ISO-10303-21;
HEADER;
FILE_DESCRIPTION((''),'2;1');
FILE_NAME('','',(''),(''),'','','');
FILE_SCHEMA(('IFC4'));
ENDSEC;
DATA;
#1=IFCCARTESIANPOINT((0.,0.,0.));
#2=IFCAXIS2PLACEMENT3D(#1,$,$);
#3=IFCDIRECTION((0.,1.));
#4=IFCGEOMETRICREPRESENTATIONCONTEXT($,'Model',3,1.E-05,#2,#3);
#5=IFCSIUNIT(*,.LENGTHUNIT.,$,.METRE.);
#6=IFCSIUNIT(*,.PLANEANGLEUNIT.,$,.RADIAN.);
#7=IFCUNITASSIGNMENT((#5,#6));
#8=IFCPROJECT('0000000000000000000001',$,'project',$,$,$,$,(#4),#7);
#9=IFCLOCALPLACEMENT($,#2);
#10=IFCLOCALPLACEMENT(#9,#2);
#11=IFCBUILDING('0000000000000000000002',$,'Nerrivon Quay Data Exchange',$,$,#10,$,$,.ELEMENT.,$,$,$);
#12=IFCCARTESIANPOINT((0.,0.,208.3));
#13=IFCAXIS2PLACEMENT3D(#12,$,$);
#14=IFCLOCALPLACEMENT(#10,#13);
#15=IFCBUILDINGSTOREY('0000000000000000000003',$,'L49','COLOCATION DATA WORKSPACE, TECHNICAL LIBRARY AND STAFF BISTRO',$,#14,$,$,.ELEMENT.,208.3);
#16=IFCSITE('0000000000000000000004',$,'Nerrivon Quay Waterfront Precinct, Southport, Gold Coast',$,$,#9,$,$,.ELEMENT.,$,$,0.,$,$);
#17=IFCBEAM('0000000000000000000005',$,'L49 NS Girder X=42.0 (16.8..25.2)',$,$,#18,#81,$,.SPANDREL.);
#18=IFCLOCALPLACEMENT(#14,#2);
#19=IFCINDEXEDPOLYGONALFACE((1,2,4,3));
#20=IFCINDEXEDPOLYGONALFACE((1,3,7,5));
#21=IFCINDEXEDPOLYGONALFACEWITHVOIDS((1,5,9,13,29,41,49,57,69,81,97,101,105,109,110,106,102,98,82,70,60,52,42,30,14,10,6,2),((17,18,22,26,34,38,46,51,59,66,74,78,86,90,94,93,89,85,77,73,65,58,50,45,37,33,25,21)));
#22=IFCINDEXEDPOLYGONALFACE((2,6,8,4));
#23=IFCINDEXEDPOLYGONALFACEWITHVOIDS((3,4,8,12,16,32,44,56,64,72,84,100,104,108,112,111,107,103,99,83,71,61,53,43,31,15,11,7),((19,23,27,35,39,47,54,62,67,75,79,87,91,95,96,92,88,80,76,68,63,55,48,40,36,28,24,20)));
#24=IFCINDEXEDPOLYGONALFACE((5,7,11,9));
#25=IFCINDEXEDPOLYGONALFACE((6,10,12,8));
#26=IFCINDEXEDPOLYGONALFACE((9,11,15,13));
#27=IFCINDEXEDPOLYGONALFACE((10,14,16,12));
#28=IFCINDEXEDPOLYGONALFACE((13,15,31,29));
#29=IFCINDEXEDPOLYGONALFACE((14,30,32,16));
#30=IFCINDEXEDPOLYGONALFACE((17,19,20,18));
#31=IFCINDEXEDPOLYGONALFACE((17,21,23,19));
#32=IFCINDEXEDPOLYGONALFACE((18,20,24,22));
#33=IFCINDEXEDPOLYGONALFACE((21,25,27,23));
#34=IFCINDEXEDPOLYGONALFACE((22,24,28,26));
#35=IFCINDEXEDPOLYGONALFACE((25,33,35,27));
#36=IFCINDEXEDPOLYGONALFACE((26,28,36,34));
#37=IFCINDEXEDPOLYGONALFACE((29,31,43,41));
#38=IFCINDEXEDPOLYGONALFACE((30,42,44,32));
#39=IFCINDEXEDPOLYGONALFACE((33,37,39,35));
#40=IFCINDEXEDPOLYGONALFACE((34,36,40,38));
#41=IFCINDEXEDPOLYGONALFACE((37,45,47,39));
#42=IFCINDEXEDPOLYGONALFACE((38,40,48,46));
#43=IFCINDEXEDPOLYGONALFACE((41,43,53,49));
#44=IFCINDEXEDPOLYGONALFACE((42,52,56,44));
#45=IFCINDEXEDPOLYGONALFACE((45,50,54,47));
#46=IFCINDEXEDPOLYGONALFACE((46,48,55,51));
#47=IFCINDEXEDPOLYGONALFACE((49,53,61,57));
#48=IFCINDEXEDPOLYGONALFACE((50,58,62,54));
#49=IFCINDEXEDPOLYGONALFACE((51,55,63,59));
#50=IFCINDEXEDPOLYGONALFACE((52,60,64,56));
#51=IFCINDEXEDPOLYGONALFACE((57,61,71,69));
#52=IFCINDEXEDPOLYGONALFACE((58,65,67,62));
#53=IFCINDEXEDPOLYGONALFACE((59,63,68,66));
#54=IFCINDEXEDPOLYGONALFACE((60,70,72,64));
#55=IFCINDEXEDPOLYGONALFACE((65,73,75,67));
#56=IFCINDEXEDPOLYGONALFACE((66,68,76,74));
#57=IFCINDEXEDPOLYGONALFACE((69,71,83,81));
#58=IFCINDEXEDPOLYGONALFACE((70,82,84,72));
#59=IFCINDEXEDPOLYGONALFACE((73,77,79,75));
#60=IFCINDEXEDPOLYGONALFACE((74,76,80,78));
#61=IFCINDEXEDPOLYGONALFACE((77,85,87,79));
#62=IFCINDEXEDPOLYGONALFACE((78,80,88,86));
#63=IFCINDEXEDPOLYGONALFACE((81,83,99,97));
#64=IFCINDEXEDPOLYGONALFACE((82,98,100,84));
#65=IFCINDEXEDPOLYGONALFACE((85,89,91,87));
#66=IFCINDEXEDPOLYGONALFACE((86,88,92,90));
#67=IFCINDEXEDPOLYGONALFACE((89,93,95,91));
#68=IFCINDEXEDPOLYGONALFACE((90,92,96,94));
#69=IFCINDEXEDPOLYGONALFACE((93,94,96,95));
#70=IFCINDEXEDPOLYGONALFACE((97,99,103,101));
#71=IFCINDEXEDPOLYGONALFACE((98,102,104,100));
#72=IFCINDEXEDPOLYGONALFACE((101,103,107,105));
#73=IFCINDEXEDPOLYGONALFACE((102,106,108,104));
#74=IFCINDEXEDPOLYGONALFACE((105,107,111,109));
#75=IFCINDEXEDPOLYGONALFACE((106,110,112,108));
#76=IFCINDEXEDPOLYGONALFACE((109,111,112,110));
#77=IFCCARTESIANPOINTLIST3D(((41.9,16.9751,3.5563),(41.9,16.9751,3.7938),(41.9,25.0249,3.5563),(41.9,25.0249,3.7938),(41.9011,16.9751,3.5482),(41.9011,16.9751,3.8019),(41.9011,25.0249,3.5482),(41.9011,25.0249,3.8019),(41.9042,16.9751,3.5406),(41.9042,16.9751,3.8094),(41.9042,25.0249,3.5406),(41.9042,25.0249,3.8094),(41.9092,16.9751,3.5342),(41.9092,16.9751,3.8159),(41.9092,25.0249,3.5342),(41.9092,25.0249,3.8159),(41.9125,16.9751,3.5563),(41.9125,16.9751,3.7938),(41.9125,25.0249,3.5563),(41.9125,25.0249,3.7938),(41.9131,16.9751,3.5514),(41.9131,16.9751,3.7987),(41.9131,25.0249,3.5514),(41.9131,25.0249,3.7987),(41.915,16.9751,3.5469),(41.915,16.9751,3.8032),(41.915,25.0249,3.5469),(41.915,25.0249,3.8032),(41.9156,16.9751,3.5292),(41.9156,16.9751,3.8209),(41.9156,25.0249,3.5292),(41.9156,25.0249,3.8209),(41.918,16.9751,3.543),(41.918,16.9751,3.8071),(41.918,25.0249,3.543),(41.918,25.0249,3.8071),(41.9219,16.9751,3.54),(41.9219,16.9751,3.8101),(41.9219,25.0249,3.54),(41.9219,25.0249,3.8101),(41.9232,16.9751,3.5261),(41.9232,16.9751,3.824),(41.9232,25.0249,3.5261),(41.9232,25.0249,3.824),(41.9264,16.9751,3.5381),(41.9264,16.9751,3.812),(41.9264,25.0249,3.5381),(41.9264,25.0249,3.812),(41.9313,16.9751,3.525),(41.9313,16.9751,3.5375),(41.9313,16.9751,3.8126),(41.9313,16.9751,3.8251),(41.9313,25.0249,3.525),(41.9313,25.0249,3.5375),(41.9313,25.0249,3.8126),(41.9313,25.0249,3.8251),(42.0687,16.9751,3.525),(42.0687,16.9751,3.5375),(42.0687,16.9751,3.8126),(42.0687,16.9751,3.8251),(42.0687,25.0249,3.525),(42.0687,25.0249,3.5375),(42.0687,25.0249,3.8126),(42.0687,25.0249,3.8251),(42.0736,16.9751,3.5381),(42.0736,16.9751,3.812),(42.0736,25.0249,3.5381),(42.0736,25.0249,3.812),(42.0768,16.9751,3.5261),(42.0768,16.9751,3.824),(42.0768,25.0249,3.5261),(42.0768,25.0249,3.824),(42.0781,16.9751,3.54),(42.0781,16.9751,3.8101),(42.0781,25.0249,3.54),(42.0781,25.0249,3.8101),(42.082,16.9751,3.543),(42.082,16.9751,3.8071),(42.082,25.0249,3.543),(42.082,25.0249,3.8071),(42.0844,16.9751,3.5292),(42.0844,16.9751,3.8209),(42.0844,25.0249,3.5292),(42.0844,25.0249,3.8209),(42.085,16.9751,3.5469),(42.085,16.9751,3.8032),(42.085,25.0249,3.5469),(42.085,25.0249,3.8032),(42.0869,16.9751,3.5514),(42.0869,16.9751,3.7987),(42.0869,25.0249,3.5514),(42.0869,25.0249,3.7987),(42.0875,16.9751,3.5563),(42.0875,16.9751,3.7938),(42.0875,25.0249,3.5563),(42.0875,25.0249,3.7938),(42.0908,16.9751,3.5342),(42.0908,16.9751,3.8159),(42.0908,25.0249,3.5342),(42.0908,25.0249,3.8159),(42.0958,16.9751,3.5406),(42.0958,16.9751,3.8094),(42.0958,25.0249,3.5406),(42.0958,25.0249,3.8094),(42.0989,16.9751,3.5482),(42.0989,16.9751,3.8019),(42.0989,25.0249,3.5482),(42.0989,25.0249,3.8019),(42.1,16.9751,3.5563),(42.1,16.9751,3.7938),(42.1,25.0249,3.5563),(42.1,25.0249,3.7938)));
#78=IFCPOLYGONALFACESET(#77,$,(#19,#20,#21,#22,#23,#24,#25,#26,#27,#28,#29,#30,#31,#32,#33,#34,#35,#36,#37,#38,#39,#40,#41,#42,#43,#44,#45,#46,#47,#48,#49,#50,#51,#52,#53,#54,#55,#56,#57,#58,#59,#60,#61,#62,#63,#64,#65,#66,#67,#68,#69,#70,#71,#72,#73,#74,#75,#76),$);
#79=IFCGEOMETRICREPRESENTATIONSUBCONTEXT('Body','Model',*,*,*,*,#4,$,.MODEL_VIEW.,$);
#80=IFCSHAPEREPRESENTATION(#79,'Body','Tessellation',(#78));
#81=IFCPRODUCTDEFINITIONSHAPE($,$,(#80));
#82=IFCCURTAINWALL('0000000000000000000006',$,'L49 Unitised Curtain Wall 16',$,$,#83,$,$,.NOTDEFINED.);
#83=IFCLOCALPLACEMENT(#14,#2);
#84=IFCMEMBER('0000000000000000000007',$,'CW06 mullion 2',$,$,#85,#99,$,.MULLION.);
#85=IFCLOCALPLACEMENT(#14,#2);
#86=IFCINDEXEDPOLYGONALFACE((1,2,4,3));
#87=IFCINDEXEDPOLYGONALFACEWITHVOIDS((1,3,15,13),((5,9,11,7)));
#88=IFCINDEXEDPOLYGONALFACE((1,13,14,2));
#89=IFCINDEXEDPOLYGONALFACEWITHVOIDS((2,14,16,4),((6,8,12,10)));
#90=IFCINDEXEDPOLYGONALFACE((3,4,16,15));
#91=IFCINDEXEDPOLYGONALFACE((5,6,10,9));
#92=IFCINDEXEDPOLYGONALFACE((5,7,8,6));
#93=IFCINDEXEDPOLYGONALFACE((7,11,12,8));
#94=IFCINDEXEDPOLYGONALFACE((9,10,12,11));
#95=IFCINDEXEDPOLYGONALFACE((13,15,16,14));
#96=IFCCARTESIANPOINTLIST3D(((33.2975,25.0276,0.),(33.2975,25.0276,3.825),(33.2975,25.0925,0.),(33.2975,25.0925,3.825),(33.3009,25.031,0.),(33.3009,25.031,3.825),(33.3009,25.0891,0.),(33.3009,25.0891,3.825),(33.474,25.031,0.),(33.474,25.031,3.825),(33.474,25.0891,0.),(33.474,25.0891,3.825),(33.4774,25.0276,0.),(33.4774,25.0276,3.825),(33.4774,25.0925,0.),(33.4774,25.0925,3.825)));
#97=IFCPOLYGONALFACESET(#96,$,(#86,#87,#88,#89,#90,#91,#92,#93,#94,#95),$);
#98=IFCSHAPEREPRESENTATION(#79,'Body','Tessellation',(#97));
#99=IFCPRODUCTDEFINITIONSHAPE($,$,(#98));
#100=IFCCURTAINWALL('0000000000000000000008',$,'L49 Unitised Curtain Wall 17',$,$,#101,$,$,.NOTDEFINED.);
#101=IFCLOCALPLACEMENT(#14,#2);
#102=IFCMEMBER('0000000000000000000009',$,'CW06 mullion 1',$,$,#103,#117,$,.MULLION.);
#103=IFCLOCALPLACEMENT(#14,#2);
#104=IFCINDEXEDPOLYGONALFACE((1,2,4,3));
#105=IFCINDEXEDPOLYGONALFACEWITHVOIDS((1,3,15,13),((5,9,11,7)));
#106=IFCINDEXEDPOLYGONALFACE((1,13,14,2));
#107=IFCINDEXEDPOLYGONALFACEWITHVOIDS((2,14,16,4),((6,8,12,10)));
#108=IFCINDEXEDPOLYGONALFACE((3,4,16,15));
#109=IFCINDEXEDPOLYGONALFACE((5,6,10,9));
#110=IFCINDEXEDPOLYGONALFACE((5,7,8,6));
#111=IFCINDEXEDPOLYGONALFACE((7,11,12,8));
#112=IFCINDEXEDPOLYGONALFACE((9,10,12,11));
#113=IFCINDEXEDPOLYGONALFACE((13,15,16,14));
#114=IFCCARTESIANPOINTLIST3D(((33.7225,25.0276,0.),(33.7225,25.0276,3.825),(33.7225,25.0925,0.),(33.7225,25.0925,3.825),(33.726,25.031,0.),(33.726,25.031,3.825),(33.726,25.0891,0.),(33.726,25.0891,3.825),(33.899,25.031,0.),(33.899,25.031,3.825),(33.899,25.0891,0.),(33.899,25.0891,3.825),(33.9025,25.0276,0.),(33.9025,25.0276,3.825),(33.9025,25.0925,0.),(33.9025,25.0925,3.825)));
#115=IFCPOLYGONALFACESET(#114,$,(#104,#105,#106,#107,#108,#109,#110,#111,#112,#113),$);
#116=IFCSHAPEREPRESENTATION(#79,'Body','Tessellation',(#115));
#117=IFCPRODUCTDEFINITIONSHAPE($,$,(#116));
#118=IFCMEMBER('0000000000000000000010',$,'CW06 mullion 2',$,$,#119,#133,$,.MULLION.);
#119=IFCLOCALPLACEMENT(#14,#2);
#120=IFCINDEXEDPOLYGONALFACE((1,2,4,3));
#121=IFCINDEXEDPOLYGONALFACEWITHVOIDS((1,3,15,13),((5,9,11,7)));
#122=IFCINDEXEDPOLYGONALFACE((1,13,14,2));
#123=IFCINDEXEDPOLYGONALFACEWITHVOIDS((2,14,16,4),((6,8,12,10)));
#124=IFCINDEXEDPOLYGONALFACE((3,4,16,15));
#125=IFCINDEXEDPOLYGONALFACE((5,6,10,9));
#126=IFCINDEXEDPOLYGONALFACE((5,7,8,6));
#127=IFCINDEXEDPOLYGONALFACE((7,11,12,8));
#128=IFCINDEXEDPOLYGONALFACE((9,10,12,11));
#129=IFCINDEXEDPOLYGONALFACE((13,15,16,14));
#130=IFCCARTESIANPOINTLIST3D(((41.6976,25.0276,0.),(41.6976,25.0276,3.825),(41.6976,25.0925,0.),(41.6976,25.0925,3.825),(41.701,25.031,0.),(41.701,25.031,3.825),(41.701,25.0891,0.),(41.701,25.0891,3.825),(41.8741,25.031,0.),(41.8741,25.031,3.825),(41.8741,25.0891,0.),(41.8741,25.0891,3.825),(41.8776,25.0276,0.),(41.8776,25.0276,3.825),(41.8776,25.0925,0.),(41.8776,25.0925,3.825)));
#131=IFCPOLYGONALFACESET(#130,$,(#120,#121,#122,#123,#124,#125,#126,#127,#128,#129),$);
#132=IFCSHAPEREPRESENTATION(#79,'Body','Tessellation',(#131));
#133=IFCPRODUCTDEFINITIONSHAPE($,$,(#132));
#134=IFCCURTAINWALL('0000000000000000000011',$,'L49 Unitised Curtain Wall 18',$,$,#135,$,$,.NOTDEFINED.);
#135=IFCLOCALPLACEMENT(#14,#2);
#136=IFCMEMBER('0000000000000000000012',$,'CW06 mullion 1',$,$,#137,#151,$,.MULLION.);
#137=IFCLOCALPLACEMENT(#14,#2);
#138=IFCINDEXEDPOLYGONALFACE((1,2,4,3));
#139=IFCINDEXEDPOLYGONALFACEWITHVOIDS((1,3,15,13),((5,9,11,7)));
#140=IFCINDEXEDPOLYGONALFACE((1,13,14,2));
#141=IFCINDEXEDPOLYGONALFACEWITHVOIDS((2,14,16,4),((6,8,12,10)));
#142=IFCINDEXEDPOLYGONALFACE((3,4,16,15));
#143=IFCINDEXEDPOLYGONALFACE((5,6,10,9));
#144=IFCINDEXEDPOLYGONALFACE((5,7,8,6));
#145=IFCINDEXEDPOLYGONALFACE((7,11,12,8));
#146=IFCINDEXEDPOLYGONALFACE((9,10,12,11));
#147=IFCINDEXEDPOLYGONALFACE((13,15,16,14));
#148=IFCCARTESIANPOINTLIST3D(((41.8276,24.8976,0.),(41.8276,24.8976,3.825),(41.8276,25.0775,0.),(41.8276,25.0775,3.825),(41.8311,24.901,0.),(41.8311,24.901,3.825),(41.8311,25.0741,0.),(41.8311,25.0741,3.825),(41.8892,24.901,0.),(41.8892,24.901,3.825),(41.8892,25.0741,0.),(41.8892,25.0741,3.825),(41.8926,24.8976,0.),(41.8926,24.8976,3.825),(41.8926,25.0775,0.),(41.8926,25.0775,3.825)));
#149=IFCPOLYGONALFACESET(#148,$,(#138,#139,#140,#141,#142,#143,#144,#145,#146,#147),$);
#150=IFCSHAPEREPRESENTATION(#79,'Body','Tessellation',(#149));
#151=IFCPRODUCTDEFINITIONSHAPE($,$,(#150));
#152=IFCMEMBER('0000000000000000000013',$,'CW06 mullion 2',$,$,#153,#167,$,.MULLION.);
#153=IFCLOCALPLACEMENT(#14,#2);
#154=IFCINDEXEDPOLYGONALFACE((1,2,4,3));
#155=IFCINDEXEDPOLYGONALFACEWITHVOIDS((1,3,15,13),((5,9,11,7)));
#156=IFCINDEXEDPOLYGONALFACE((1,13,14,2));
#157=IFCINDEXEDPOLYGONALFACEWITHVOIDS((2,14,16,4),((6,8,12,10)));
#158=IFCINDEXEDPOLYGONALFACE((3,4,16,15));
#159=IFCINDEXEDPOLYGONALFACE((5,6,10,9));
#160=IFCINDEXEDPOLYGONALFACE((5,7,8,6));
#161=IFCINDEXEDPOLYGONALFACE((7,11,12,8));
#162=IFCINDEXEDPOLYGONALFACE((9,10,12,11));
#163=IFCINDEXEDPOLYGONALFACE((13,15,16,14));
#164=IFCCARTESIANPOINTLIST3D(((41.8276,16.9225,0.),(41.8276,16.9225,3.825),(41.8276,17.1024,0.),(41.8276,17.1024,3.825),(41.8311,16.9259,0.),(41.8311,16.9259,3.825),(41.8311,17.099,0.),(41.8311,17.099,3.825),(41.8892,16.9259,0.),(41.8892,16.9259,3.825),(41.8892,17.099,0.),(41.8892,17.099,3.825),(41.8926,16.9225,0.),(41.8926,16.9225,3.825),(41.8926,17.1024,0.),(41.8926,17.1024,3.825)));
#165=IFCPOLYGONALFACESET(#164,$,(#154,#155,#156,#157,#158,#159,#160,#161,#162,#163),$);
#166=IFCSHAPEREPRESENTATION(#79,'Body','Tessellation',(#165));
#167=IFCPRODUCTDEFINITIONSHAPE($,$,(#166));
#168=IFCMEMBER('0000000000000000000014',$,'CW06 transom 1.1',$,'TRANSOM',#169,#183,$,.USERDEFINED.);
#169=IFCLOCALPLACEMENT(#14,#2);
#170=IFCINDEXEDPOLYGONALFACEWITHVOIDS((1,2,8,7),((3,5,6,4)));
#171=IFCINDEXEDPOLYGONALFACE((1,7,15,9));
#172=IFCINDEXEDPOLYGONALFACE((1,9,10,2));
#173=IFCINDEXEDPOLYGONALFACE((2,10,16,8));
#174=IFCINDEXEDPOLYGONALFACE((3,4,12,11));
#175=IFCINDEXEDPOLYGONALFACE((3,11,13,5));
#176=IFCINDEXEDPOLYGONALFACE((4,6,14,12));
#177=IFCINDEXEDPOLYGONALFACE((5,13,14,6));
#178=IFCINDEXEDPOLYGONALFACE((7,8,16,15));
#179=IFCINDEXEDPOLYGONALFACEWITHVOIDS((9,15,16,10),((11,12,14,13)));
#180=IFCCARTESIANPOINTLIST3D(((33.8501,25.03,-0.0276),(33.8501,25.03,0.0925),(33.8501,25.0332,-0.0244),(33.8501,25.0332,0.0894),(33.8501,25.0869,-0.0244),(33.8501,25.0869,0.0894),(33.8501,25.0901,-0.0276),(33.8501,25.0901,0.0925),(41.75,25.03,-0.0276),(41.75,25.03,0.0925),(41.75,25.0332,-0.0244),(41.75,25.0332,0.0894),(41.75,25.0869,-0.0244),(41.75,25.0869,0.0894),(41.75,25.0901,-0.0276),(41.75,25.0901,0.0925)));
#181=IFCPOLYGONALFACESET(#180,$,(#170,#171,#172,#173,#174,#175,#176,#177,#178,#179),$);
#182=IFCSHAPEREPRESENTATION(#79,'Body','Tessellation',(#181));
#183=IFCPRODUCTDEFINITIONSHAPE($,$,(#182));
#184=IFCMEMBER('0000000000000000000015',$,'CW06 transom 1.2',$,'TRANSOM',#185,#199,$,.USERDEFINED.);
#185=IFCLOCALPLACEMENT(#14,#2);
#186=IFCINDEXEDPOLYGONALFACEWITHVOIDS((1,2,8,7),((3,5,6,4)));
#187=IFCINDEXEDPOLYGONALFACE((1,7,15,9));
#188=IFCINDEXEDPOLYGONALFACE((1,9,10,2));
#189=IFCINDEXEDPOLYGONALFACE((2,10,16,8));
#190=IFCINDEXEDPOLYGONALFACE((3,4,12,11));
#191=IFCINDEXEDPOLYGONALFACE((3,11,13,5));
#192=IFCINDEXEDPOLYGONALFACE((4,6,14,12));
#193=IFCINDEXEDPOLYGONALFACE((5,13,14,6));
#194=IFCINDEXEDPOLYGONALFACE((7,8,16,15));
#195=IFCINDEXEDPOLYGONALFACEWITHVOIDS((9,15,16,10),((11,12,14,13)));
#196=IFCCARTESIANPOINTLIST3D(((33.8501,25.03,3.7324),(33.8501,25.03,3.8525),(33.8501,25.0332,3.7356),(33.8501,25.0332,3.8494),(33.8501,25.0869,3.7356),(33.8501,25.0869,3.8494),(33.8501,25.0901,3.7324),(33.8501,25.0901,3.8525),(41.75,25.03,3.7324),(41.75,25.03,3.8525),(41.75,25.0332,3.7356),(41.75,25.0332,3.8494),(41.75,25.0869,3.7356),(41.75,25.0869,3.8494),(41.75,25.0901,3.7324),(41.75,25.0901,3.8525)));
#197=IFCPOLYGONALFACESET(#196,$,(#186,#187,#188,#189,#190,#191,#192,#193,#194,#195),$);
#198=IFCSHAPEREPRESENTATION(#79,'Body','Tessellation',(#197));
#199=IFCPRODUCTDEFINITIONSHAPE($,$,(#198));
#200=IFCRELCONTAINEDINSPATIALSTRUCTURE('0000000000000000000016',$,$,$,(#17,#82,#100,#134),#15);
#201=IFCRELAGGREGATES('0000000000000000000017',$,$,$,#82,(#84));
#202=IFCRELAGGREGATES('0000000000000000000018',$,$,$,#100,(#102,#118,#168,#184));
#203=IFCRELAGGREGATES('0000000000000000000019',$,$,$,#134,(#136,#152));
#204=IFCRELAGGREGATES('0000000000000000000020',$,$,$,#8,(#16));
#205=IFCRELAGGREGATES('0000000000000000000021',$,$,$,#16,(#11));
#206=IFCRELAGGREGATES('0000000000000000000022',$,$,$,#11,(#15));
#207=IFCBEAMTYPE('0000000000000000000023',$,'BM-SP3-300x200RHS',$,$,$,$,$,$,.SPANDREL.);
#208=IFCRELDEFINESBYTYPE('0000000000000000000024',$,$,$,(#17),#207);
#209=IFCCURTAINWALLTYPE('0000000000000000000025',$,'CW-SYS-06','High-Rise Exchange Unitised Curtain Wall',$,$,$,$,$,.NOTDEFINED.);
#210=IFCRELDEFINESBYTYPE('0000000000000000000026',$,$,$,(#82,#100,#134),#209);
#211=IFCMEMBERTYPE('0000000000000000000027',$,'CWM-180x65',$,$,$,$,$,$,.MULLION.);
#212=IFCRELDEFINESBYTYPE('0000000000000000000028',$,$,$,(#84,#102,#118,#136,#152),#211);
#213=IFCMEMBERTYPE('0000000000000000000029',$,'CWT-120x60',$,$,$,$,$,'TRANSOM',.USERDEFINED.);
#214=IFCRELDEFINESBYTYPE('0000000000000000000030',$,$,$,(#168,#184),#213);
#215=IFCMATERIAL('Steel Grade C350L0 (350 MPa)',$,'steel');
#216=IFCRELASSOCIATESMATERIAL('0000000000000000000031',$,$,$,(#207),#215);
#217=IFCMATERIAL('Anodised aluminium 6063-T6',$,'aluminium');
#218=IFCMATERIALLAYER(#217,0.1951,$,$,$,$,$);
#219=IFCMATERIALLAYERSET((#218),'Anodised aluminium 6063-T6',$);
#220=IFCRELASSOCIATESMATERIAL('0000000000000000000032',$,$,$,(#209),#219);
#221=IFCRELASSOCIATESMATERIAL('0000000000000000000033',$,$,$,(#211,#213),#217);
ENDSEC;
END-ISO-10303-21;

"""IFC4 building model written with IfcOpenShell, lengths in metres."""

from ifc_helpers import new_model, si_unit, direction, frame, origin, origin_2d, place, context, subcontext, project, spatial, hollow_rectangle, extrude, material, layer, layer_set, material_profile, profile_set, type_object, element, aggregate, save


model = new_model("IFC4")

# Units and contexts
model_context = context("Model", 3, precision=1e-05, world=origin(), true_north=direction((0.0, 1.0)))
body_context = subcontext(model_context, "Body", "Model", "MODEL_VIEW")
ifc_project = project(units=[si_unit("LENGTHUNIT", "METRE"), si_unit("PLANEANGLEUNIT", "RADIAN")], contexts=[model_context])

# Site, building, storey
site_placement = place(None, origin())
site = spatial("IfcSite", under=ifc_project, at=site_placement, Name="Nerrivon Quay Waterfront Precinct, Southport, Gold Coast", CompositionType="ELEMENT", RefElevation=0.0)
building_placement = place(site_placement, origin())
building = spatial("IfcBuilding", under=site, at=building_placement, Name="Nerrivon Quay Data Exchange", CompositionType="ELEMENT")
storey_placement = place(building_placement, frame((0.0, 0.0, 208.3)))
storey = spatial("IfcBuildingStorey", under=building, at=storey_placement, Name="L49", Description="COLOCATION DATA WORKSPACE, TECHNICAL LIBRARY AND STAFF BISTRO", CompositionType="ELEMENT", Elevation=208.3)

# Beam
ifc_material_1 = material(Name="Steel Grade C350L0 (350 MPa)", Category="steel")
ifc_material_profile_1 = material_profile(ifc_material_1, hollow_rectangle(XDim=0.2, YDim=0.3, WallThickness=0.0125, InnerFilletRadius=0.0188, OuterFilletRadius=0.0312, at=origin_2d()), Name="300x200x12.5RHS")
ifc_profile_set_1 = profile_set([ifc_material_profile_1], Name="Steel Grade C350L0 (350 MPa)")
beam_type_1 = type_object("IfcBeamType", Name="BM-SP3-300x200RHS", PredefinedType="SPANDREL", material=ifc_profile_set_1)
beam_1_placement = place(storey_placement, frame((42.0, 16.9751, 3.675), z_axis=(0.0, 1.0, 0.0), x_axis=(-1.0, 0.0, 0.0)))
element("IfcBeam", 1, at=beam_1_placement, inside=storey, type_object=beam_type_1, Name="L49 NS Girder X=42.0 (16.8..25.2)", PredefinedType="SPANDREL", context=body_context, shape_type="SweptSolid", body=[
    extrude(hollow_rectangle(XDim=0.2, YDim=0.3, WallThickness=0.0125, InnerFilletRadius=0.0188, OuterFilletRadius=0.0312, at=origin_2d()), origin(), (0.0, 0.0, 1.0), 8.0498),
])

# Curtain wall, member
ifc_material_2 = material(Name="Anodised aluminium 6063-T6", Category="aluminium")
ifc_layer_1 = layer(ifc_material_2, 0.1951)
ifc_layer_set_1 = layer_set([ifc_layer_1], Name="Anodised aluminium 6063-T6")
curtain_wall_type = type_object("IfcCurtainWallType", Name="CW-SYS-06", Description="High-Rise Exchange Unitised Curtain Wall", PredefinedType="NOTDEFINED", material=ifc_layer_set_1)
curtain_wall_1_placement = place(storey_placement, origin())
curtain_wall_1 = element("IfcCurtainWall", 2, at=curtain_wall_1_placement, inside=storey, type_object=curtain_wall_type, Name="L49 Unitised Curtain Wall 16", PredefinedType="NOTDEFINED")
ifc_material_profile_2 = material_profile(ifc_material_2, hollow_rectangle(XDim=0.0649, YDim=0.1799, WallThickness=0.0034, at=origin_2d()), Name="ALU-MULL-180x65")
ifc_profile_set_2 = profile_set([ifc_material_profile_2], Name="Anodised aluminium 6063-T6")
member_type_1 = type_object("IfcMemberType", Name="CWM-180x65", PredefinedType="MULLION", material=ifc_profile_set_2)
member_1_placement = place(storey_placement, frame((33.3875, 25.0601, 0.0), z_axis=(0.0, 0.0, 1.0), x_axis=(0.0, 1.0, 0.0)))
member_1 = element("IfcMember", 3, at=member_1_placement, type_object=member_type_1, Name="CW06 mullion 2", PredefinedType="MULLION", context=body_context, shape_type="SweptSolid", body=[
    extrude(hollow_rectangle(XDim=0.0649, YDim=0.1799, WallThickness=0.0034, at=origin_2d()), origin(), (0.0, 0.0, 1.0), 3.825),
])

# Curtain walls, members
curtain_wall_2_placement = place(storey_placement, origin())
curtain_wall_2 = element("IfcCurtainWall", 4, at=curtain_wall_2_placement, inside=storey, type_object=curtain_wall_type, Name="L49 Unitised Curtain Wall 17", PredefinedType="NOTDEFINED")
member_2_placement = place(storey_placement, frame((33.8125, 25.0601, 0.0), z_axis=(0.0, 0.0, 1.0), x_axis=(0.0, 1.0, 0.0)))
member_2 = element("IfcMember", 5, at=member_2_placement, type_object=member_type_1, Name="CW06 mullion 1", PredefinedType="MULLION", context=body_context, shape_type="SweptSolid", body=[
    extrude(hollow_rectangle(XDim=0.0649, YDim=0.1799, WallThickness=0.0034, at=origin_2d()), origin(), (0.0, 0.0, 1.0), 3.825),
])
member_3_placement = place(storey_placement, frame((41.7876, 25.0601, 0.0), z_axis=(0.0, 0.0, 1.0), x_axis=(0.0, 1.0, 0.0)))
member_3 = element("IfcMember", 6, at=member_3_placement, type_object=member_type_1, Name="CW06 mullion 2", PredefinedType="MULLION", context=body_context, shape_type="SweptSolid", body=[
    extrude(hollow_rectangle(XDim=0.0649, YDim=0.1799, WallThickness=0.0034, at=origin_2d()), origin(), (0.0, 0.0, 1.0), 3.825),
])
curtain_wall_3_placement = place(storey_placement, origin())
curtain_wall_3 = element("IfcCurtainWall", 7, at=curtain_wall_3_placement, inside=storey, type_object=curtain_wall_type, Name="L49 Unitised Curtain Wall 18", PredefinedType="NOTDEFINED")
member_4_placement = place(storey_placement, frame((41.8601, 24.9875, 0.0), z_axis=(0.0, 0.0, 1.0), x_axis=(1.0, 0.0, 0.0)))
member_4 = element("IfcMember", 8, at=member_4_placement, type_object=member_type_1, Name="CW06 mullion 1", PredefinedType="MULLION", context=body_context, shape_type="SweptSolid", body=[
    extrude(hollow_rectangle(XDim=0.0649, YDim=0.1799, WallThickness=0.0034, at=origin_2d()), origin(), (0.0, 0.0, 1.0), 3.825),
])
member_5_placement = place(storey_placement, frame((41.8601, 17.0125, 0.0), z_axis=(0.0, 0.0, 1.0), x_axis=(1.0, 0.0, 0.0)))
member_5 = element("IfcMember", 9, at=member_5_placement, type_object=member_type_1, Name="CW06 mullion 2", PredefinedType="MULLION", context=body_context, shape_type="SweptSolid", body=[
    extrude(hollow_rectangle(XDim=0.0649, YDim=0.1799, WallThickness=0.0034, at=origin_2d()), origin(), (0.0, 0.0, 1.0), 3.825),
])

# Members
ifc_material_profile_3 = material_profile(ifc_material_2, hollow_rectangle(XDim=0.0601, YDim=0.1201, WallThickness=0.0032, at=origin_2d()), Name="ALU-TRAN-120x60")
ifc_profile_set_3 = profile_set([ifc_material_profile_3], Name="Anodised aluminium 6063-T6")
member_type_2 = type_object("IfcMemberType", Name="CWT-120x60", ElementType="TRANSOM", PredefinedType="USERDEFINED", material=ifc_profile_set_3)
member_6_placement = place(storey_placement, frame((33.8501, 25.0601, 0.0325), z_axis=(1.0, 0.0, 0.0), x_axis=(0.0, 1.0, 0.0)))
member_6 = element("IfcMember", 10, at=member_6_placement, type_object=member_type_2, Name="CW06 transom 1.1", ObjectType="TRANSOM", PredefinedType="USERDEFINED", context=body_context, shape_type="SweptSolid", body=[
    extrude(hollow_rectangle(XDim=0.0601, YDim=0.1201, WallThickness=0.0032, at=origin_2d()), origin(), (0.0, 0.0, 1.0), 7.8999),
])
member_7_placement = place(storey_placement, frame((33.8501, 25.0601, 3.7925), z_axis=(1.0, 0.0, 0.0), x_axis=(0.0, 1.0, 0.0)))
member_7 = element("IfcMember", 11, at=member_7_placement, type_object=member_type_2, Name="CW06 transom 1.2", ObjectType="TRANSOM", PredefinedType="USERDEFINED", context=body_context, shape_type="SweptSolid", body=[
    extrude(hollow_rectangle(XDim=0.0601, YDim=0.1201, WallThickness=0.0032, at=origin_2d()), origin(), (0.0, 0.0, 1.0), 7.8999),
])

aggregate(curtain_wall_1, [member_1])
aggregate(curtain_wall_2, [member_2, member_3, member_6, member_7])
aggregate(curtain_wall_3, [member_4, member_5])

save(model, "model.ifc")
